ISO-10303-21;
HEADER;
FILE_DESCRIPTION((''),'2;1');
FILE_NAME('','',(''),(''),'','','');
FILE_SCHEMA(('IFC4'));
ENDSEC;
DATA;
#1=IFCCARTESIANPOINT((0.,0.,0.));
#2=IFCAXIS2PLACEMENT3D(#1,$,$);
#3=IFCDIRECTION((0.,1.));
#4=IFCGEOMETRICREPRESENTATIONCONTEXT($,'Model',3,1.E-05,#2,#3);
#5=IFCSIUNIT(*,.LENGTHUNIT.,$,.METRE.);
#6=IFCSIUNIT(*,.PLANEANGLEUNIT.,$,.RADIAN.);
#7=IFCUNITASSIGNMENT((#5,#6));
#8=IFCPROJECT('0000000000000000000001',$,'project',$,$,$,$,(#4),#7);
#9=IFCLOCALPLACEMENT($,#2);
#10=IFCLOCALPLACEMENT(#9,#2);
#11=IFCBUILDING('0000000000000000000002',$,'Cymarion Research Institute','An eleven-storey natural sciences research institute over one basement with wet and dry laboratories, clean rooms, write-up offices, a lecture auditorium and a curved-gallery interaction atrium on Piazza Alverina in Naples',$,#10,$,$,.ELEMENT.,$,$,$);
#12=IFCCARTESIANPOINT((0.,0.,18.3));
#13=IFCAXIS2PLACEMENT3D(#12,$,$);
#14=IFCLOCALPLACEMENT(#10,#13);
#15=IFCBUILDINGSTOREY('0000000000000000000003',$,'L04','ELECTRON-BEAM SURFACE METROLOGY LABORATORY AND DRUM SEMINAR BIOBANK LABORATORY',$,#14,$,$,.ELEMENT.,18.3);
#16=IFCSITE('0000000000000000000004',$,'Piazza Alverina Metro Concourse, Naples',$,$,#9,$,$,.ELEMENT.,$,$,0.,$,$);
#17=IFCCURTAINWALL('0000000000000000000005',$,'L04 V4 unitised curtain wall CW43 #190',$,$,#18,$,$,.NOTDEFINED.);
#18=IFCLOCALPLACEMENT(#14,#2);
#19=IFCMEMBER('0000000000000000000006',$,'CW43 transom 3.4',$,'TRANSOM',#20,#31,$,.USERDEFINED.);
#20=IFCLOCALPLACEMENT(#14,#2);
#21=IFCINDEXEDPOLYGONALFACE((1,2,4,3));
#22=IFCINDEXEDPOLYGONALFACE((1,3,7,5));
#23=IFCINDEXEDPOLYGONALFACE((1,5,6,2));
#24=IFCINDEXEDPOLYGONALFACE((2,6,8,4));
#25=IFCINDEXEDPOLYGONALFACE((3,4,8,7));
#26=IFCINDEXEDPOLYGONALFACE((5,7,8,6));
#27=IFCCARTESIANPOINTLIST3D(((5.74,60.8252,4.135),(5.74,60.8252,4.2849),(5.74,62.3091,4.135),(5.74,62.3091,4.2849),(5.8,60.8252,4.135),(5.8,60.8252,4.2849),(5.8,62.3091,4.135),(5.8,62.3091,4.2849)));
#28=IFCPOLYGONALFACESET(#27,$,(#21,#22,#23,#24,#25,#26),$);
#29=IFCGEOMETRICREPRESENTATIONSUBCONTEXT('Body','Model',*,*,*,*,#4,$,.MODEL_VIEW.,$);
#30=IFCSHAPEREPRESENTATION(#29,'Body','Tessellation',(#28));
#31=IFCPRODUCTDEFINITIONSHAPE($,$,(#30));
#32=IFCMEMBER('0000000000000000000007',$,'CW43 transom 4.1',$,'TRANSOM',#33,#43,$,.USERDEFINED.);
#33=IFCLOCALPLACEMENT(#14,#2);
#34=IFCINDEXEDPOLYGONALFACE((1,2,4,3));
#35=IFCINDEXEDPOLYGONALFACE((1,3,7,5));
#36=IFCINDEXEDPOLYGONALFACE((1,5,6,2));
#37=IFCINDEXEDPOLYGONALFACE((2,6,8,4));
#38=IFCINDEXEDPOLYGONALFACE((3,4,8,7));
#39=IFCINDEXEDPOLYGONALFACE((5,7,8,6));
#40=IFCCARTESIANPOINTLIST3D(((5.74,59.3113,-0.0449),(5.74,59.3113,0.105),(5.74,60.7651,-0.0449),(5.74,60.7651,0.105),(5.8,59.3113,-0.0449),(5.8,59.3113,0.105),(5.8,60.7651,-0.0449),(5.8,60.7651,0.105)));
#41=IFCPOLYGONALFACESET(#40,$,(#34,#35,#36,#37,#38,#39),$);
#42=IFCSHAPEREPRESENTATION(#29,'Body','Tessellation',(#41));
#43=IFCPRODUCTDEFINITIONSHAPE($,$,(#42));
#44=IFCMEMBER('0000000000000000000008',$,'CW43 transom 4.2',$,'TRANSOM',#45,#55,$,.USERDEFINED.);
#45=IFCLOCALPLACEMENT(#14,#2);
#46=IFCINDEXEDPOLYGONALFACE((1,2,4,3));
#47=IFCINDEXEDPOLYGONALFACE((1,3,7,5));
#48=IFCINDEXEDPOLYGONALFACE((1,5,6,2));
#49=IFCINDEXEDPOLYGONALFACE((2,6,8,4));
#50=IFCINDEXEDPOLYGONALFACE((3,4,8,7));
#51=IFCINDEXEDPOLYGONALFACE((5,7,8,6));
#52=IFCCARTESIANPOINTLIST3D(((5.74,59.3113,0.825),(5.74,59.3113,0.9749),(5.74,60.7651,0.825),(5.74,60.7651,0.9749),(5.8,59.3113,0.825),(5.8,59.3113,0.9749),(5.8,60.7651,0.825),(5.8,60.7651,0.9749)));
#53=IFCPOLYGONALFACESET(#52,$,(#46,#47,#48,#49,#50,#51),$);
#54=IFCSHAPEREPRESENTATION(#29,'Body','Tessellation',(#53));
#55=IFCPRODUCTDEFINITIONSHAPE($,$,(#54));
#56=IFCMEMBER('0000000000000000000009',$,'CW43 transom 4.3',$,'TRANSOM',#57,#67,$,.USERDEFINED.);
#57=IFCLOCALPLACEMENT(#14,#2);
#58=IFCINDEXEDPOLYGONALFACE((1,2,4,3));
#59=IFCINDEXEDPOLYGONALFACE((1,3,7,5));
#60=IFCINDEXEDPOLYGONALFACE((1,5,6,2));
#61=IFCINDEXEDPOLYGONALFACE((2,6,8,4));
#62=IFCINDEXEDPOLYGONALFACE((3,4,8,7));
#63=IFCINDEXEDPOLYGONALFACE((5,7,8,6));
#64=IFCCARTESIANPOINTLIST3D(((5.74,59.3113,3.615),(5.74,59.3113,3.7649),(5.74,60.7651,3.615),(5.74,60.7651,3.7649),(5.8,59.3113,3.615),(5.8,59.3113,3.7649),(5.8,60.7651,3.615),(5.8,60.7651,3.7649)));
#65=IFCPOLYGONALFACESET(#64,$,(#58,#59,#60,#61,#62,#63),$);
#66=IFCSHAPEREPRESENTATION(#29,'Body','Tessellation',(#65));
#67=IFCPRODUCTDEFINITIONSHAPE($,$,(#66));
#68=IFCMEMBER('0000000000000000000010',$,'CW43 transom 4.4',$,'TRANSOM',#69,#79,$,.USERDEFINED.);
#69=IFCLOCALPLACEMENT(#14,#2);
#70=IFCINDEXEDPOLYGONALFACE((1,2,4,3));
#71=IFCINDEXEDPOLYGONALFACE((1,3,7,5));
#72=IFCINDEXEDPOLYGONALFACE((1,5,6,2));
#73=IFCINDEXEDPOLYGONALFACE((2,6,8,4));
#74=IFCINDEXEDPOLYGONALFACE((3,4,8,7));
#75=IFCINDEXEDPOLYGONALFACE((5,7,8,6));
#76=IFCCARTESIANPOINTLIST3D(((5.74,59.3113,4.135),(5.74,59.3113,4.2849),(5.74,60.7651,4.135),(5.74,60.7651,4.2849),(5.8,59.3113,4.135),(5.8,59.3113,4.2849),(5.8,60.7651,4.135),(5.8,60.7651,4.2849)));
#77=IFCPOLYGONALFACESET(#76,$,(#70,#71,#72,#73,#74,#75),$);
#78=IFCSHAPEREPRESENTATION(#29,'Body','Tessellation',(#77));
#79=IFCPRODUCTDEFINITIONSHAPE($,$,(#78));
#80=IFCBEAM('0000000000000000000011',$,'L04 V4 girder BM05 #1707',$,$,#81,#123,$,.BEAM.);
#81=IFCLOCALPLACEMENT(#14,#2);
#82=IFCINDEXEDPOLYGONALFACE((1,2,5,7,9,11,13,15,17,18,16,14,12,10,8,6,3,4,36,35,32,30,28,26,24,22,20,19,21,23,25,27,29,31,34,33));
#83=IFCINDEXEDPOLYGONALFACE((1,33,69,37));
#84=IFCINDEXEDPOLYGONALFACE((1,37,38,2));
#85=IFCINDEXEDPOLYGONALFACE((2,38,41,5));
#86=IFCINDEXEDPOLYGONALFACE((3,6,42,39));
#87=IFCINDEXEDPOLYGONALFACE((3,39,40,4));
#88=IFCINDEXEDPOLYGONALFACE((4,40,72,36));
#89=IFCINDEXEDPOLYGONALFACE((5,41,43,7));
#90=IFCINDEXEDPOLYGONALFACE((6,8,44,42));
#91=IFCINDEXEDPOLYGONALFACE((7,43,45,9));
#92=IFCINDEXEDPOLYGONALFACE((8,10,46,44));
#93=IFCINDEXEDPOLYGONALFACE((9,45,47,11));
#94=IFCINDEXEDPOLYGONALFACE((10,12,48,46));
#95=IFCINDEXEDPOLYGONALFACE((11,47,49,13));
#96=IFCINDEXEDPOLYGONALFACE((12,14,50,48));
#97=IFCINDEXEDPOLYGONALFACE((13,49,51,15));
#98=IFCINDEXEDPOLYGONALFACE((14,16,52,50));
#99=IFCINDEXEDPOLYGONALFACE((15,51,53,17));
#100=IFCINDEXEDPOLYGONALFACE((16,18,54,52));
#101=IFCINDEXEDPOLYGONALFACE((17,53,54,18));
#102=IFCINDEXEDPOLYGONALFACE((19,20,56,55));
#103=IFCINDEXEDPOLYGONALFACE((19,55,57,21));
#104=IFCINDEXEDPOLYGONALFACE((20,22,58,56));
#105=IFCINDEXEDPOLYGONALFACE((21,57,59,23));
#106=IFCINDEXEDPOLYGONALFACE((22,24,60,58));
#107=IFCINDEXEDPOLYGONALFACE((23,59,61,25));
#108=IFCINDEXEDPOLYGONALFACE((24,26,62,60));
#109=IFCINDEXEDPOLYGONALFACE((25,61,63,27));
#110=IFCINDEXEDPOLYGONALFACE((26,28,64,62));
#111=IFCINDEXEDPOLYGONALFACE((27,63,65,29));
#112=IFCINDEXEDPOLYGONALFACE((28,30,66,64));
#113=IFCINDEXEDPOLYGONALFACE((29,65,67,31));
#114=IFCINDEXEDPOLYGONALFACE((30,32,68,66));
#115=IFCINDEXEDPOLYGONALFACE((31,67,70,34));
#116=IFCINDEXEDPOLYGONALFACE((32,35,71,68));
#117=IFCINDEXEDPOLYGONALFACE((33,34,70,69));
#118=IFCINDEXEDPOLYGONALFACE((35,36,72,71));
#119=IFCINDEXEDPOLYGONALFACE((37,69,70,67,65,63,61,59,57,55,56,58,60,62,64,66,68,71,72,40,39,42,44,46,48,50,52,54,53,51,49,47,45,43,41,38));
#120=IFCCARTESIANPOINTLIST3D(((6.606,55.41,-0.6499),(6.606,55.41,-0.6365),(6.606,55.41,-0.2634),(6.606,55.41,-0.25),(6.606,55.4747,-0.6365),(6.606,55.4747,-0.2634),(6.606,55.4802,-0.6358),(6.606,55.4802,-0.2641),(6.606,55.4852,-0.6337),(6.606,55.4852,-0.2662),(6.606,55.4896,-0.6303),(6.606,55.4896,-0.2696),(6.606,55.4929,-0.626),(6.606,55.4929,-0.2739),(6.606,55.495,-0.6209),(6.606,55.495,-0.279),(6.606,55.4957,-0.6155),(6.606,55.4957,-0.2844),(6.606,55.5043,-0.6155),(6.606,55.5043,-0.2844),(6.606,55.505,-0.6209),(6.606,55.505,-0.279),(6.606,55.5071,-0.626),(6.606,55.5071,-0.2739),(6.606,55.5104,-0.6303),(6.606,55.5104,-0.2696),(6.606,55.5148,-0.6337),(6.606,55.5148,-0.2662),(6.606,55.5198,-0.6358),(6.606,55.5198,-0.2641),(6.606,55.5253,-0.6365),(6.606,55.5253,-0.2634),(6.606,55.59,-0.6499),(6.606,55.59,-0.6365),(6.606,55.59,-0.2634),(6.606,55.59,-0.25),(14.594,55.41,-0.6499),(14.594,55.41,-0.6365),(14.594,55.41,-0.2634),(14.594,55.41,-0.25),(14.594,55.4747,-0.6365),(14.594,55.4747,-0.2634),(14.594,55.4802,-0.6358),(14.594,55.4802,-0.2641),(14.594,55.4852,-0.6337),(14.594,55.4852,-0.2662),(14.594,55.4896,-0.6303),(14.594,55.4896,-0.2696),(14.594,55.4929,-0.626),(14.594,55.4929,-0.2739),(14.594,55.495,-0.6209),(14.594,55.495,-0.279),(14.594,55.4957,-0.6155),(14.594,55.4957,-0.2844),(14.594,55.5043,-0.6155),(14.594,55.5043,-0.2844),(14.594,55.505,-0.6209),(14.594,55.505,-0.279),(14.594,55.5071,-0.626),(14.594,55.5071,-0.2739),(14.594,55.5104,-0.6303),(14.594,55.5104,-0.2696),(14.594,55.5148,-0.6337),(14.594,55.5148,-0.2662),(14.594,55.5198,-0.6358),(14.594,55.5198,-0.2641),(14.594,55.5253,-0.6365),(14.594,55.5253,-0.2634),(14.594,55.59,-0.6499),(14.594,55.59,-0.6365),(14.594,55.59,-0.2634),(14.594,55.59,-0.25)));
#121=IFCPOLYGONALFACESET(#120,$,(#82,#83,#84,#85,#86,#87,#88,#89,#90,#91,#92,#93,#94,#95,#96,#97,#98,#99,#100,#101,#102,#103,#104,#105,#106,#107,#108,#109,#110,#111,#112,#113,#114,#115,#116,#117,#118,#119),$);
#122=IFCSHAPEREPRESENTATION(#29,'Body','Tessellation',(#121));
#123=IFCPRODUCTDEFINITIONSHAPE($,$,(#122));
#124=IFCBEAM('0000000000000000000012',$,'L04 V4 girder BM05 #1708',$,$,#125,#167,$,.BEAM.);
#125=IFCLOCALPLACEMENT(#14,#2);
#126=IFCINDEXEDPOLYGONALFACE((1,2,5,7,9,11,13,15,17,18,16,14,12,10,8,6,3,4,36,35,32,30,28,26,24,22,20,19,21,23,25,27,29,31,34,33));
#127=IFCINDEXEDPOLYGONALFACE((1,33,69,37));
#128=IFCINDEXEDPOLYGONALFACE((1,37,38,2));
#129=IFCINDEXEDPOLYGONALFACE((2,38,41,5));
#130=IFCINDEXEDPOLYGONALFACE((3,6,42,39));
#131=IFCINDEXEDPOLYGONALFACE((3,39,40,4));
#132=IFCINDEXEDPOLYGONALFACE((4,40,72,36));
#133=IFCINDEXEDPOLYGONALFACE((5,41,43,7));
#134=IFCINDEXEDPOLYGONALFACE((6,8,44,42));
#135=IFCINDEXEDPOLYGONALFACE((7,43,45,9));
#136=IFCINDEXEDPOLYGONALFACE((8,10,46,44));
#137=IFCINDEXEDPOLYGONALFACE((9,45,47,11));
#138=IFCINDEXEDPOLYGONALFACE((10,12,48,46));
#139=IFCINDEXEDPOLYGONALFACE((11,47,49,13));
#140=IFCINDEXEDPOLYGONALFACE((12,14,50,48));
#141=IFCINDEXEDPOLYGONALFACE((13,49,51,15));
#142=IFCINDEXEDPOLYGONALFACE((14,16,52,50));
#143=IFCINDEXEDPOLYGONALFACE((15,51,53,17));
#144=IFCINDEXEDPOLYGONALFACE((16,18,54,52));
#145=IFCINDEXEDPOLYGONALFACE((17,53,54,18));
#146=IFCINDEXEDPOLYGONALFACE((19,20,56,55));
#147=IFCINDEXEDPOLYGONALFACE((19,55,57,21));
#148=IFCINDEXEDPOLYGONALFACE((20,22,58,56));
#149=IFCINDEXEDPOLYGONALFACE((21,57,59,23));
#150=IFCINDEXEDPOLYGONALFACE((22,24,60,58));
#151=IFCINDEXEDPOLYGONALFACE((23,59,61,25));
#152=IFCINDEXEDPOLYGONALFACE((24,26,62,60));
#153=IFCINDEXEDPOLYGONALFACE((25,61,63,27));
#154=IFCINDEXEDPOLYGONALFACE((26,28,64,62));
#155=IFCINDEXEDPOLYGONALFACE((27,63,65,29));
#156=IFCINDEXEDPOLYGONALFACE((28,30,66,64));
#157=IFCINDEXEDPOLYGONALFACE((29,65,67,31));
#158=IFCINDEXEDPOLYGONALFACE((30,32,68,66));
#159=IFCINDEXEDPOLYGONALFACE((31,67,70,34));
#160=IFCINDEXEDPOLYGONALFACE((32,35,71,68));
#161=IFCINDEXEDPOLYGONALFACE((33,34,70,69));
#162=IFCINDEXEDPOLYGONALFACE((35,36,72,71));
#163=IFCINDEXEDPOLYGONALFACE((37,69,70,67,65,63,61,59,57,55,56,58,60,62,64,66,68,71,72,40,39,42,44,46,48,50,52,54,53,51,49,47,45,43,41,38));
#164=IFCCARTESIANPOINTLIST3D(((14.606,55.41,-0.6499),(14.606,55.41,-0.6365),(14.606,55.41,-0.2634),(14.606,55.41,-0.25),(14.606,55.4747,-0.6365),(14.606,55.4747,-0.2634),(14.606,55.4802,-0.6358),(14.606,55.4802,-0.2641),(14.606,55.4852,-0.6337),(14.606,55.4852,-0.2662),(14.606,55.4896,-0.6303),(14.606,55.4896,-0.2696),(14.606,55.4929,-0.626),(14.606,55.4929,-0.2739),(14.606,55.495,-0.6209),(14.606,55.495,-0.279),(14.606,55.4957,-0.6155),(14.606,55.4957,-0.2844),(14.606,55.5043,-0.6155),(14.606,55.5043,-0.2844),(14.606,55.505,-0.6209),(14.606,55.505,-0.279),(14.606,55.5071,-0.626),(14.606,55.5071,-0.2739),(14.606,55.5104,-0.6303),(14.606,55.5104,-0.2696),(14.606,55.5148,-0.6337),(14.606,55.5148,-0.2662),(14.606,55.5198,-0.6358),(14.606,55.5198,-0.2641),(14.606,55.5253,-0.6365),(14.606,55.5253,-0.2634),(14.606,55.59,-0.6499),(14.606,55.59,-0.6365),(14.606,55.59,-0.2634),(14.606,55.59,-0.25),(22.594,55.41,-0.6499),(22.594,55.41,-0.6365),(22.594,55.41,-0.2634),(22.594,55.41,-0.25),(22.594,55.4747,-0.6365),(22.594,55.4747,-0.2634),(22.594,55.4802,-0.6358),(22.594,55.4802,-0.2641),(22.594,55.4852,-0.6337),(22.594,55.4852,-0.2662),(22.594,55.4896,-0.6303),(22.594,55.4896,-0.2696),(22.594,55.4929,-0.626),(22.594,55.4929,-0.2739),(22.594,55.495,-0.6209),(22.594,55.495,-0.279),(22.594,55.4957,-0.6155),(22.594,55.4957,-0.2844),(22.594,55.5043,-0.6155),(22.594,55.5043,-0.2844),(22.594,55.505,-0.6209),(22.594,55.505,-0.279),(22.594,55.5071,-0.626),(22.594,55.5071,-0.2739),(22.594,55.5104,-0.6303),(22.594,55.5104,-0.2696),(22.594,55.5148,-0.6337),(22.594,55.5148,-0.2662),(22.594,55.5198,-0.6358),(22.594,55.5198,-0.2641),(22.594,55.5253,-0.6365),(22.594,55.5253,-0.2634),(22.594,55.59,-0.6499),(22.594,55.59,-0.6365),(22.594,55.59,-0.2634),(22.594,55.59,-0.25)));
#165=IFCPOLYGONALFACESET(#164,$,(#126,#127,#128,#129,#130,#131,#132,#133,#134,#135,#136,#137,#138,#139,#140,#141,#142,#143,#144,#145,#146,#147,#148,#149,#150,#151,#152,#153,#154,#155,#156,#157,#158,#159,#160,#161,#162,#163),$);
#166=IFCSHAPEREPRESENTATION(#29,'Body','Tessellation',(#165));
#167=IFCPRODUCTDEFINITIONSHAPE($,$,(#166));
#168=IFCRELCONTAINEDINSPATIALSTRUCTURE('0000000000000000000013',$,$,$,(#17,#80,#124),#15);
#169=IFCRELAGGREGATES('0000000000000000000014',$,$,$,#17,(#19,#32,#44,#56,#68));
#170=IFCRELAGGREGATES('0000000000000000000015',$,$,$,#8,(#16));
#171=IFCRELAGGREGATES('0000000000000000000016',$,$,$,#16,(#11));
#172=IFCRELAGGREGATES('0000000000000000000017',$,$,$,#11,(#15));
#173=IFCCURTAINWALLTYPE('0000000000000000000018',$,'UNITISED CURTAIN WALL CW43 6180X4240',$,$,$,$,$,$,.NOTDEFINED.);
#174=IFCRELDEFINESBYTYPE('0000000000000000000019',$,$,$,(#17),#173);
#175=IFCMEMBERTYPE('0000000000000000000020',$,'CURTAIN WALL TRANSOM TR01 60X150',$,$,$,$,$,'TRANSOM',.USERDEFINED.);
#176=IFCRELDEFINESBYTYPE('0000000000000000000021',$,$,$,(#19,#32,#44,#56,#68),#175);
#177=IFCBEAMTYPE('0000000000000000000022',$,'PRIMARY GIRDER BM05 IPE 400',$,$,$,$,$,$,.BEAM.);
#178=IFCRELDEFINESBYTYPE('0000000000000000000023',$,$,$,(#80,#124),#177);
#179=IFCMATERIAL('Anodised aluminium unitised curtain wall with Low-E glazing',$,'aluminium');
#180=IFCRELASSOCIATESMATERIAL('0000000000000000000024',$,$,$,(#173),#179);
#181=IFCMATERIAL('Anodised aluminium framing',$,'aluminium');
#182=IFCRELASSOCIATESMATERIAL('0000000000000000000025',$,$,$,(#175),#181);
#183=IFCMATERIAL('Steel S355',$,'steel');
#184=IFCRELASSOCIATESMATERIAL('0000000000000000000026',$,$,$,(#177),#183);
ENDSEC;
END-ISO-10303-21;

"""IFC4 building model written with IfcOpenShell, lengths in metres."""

from ifc_helpers import new_model, si_unit, direction, frame, origin, origin_2d, place, context, subcontext, project, spatial, rectangle, i_section, extrude, material, material_profile, profile_set, type_object, element, aggregate, save


model = new_model("IFC4")

# Units and contexts
model_context = context("Model", 3, precision=1e-05, world=origin(), true_north=direction((0.0, 1.0)))
body_context = subcontext(model_context, "Body", "Model", "MODEL_VIEW")
ifc_project = project(units=[si_unit("LENGTHUNIT", "METRE"), si_unit("PLANEANGLEUNIT", "RADIAN")], contexts=[model_context])

# Site, building, storey
site_placement = place(None, origin())
site = spatial("IfcSite", under=ifc_project, at=site_placement, Name="Piazza Alverina Metro Concourse, Naples", CompositionType="ELEMENT", RefElevation=0.0)
building_placement = place(site_placement, origin())
building = spatial("IfcBuilding", under=site, at=building_placement, Name="Cymarion Research Institute", Description="An eleven-storey natural sciences research institute over one basement with wet and dry laboratories, clean rooms, write-up offices, a lecture auditorium and a curved-gallery interaction atrium on Piazza Alverina in Naples", CompositionType="ELEMENT")
storey_placement = place(building_placement, frame((0.0, 0.0, 18.3)))
storey = spatial("IfcBuildingStorey", under=building, at=storey_placement, Name="L04", Description="ELECTRON-BEAM SURFACE METROLOGY LABORATORY AND DRUM SEMINAR BIOBANK LABORATORY", CompositionType="ELEMENT", Elevation=18.3)

# Shared definitions
ifc_material_1 = material(Name="Steel S355", Category="steel")

# Curtain wall, members
ifc_material_2 = material(Name="Anodised aluminium unitised curtain wall with Low-E glazing", Category="aluminium")
curtain_wall_type = type_object("IfcCurtainWallType", Name="UNITISED CURTAIN WALL CW43 6180X4240", PredefinedType="NOTDEFINED", material=ifc_material_2)
curtain_wall_placement = place(storey_placement, origin())
curtain_wall = element("IfcCurtainWall", 1, at=curtain_wall_placement, inside=storey, type_object=curtain_wall_type, Name="L04 V4 unitised curtain wall CW43 #190", PredefinedType="NOTDEFINED")
ifc_material_3 = material(Name="Anodised aluminium framing", Category="aluminium")
ifc_material_profile_1 = material_profile(ifc_material_3, rectangle(XDim=0.0601, YDim=0.1499, at=origin_2d()), Name="ALU TRANSOM 60x150")
ifc_profile_set_1 = profile_set([ifc_material_profile_1], Name="Anodised aluminium framing")
member_type_1 = type_object("IfcMemberType", Name="CURTAIN WALL TRANSOM TR01 60X150", ElementType="TRANSOM", PredefinedType="USERDEFINED", material=ifc_profile_set_1)
member_1_placement = place(storey_placement, frame((5.77, 62.3091, 4.21), z_axis=(0.0, -1.0, 0.0), x_axis=(1.0, 0.0, 0.0)))
member_1 = element("IfcMember", 2, at=member_1_placement, type_object=member_type_1, Name="CW43 transom 3.4", ObjectType="TRANSOM", PredefinedType="USERDEFINED", context=body_context, shape_type="SweptSolid", body=[
    extrude(rectangle(XDim=0.0601, YDim=0.1499, at=origin_2d()), origin(), (0.0, 0.0, 1.0), 1.4839),
])
member_2_placement = place(storey_placement, frame((5.77, 60.7651, 0.03), z_axis=(0.0, -1.0, 0.0), x_axis=(1.0, 0.0, 0.0)))
member_2 = element("IfcMember", 3, at=member_2_placement, type_object=member_type_1, Name="CW43 transom 4.1", ObjectType="TRANSOM", PredefinedType="USERDEFINED", context=body_context, shape_type="SweptSolid", body=[
    extrude(rectangle(XDim=0.0601, YDim=0.1499, at=origin_2d()), origin(), (0.0, 0.0, 1.0), 1.4539),
])
member_3_placement = place(storey_placement, frame((5.77, 60.7651, 0.8999), z_axis=(0.0, -1.0, 0.0), x_axis=(1.0, 0.0, 0.0)))
member_3 = element("IfcMember", 4, at=member_3_placement, type_object=member_type_1, Name="CW43 transom 4.2", ObjectType="TRANSOM", PredefinedType="USERDEFINED", context=body_context, shape_type="SweptSolid", body=[
    extrude(rectangle(XDim=0.0601, YDim=0.1499, at=origin_2d()), origin(), (0.0, 0.0, 1.0), 1.4539),
])
member_4_placement = place(storey_placement, frame((5.77, 60.7651, 3.6899), z_axis=(0.0, -1.0, 0.0), x_axis=(1.0, 0.0, 0.0)))
member_4 = element("IfcMember", 5, at=member_4_placement, type_object=member_type_1, Name="CW43 transom 4.3", ObjectType="TRANSOM", PredefinedType="USERDEFINED", context=body_context, shape_type="SweptSolid", body=[
    extrude(rectangle(XDim=0.0601, YDim=0.1499, at=origin_2d()), origin(), (0.0, 0.0, 1.0), 1.4539),
])
member_5_placement = place(storey_placement, frame((5.77, 60.7651, 4.21), z_axis=(0.0, -1.0, 0.0), x_axis=(1.0, 0.0, 0.0)))
member_5 = element("IfcMember", 6, at=member_5_placement, type_object=member_type_1, Name="CW43 transom 4.4", ObjectType="TRANSOM", PredefinedType="USERDEFINED", context=body_context, shape_type="SweptSolid", body=[
    extrude(rectangle(XDim=0.0601, YDim=0.1499, at=origin_2d()), origin(), (0.0, 0.0, 1.0), 1.4539),
])

# Beams
ifc_material_profile_2 = material_profile(ifc_material_1, i_section(OverallWidth=0.1799, OverallDepth=0.3999, WebThickness=0.0085, FlangeThickness=0.0134, FilletRadius=0.021, at=origin_2d()), Name="IPE 400")
ifc_profile_set_2 = profile_set([ifc_material_profile_2], Name="Steel S355")
beam_type_1 = type_object("IfcBeamType", Name="PRIMARY GIRDER BM05 IPE 400", PredefinedType="BEAM", material=ifc_profile_set_2)
for number, where, z_axis, x_axis, name in (
    (7, (6.606, 55.5, -0.45), (1.0, 0.0, 0.0), (0.0, 1.0, 0.0), "L04 V4 girder BM05 #1707"),
    (8, (14.606, 55.5, -0.45), (1.0, 0.0, 0.0), (0.0, 1.0, 0.0), "L04 V4 girder BM05 #1708"),
):
    element("IfcBeam", number, at=place(storey_placement, frame(where, z_axis=z_axis, x_axis=x_axis)), inside=storey, type_object=beam_type_1, Name=name, PredefinedType="BEAM", context=body_context, shape_type="SweptSolid", body=[
        extrude(i_section(OverallWidth=0.1799, OverallDepth=0.3999, WebThickness=0.0085, FlangeThickness=0.0134, FilletRadius=0.021, at=origin_2d()), origin(), (0.0, 0.0, 1.0), 7.988),
    ])

aggregate(curtain_wall, [member_1, member_2, member_3, member_4, member_5])

save(model, "model.ifc")
